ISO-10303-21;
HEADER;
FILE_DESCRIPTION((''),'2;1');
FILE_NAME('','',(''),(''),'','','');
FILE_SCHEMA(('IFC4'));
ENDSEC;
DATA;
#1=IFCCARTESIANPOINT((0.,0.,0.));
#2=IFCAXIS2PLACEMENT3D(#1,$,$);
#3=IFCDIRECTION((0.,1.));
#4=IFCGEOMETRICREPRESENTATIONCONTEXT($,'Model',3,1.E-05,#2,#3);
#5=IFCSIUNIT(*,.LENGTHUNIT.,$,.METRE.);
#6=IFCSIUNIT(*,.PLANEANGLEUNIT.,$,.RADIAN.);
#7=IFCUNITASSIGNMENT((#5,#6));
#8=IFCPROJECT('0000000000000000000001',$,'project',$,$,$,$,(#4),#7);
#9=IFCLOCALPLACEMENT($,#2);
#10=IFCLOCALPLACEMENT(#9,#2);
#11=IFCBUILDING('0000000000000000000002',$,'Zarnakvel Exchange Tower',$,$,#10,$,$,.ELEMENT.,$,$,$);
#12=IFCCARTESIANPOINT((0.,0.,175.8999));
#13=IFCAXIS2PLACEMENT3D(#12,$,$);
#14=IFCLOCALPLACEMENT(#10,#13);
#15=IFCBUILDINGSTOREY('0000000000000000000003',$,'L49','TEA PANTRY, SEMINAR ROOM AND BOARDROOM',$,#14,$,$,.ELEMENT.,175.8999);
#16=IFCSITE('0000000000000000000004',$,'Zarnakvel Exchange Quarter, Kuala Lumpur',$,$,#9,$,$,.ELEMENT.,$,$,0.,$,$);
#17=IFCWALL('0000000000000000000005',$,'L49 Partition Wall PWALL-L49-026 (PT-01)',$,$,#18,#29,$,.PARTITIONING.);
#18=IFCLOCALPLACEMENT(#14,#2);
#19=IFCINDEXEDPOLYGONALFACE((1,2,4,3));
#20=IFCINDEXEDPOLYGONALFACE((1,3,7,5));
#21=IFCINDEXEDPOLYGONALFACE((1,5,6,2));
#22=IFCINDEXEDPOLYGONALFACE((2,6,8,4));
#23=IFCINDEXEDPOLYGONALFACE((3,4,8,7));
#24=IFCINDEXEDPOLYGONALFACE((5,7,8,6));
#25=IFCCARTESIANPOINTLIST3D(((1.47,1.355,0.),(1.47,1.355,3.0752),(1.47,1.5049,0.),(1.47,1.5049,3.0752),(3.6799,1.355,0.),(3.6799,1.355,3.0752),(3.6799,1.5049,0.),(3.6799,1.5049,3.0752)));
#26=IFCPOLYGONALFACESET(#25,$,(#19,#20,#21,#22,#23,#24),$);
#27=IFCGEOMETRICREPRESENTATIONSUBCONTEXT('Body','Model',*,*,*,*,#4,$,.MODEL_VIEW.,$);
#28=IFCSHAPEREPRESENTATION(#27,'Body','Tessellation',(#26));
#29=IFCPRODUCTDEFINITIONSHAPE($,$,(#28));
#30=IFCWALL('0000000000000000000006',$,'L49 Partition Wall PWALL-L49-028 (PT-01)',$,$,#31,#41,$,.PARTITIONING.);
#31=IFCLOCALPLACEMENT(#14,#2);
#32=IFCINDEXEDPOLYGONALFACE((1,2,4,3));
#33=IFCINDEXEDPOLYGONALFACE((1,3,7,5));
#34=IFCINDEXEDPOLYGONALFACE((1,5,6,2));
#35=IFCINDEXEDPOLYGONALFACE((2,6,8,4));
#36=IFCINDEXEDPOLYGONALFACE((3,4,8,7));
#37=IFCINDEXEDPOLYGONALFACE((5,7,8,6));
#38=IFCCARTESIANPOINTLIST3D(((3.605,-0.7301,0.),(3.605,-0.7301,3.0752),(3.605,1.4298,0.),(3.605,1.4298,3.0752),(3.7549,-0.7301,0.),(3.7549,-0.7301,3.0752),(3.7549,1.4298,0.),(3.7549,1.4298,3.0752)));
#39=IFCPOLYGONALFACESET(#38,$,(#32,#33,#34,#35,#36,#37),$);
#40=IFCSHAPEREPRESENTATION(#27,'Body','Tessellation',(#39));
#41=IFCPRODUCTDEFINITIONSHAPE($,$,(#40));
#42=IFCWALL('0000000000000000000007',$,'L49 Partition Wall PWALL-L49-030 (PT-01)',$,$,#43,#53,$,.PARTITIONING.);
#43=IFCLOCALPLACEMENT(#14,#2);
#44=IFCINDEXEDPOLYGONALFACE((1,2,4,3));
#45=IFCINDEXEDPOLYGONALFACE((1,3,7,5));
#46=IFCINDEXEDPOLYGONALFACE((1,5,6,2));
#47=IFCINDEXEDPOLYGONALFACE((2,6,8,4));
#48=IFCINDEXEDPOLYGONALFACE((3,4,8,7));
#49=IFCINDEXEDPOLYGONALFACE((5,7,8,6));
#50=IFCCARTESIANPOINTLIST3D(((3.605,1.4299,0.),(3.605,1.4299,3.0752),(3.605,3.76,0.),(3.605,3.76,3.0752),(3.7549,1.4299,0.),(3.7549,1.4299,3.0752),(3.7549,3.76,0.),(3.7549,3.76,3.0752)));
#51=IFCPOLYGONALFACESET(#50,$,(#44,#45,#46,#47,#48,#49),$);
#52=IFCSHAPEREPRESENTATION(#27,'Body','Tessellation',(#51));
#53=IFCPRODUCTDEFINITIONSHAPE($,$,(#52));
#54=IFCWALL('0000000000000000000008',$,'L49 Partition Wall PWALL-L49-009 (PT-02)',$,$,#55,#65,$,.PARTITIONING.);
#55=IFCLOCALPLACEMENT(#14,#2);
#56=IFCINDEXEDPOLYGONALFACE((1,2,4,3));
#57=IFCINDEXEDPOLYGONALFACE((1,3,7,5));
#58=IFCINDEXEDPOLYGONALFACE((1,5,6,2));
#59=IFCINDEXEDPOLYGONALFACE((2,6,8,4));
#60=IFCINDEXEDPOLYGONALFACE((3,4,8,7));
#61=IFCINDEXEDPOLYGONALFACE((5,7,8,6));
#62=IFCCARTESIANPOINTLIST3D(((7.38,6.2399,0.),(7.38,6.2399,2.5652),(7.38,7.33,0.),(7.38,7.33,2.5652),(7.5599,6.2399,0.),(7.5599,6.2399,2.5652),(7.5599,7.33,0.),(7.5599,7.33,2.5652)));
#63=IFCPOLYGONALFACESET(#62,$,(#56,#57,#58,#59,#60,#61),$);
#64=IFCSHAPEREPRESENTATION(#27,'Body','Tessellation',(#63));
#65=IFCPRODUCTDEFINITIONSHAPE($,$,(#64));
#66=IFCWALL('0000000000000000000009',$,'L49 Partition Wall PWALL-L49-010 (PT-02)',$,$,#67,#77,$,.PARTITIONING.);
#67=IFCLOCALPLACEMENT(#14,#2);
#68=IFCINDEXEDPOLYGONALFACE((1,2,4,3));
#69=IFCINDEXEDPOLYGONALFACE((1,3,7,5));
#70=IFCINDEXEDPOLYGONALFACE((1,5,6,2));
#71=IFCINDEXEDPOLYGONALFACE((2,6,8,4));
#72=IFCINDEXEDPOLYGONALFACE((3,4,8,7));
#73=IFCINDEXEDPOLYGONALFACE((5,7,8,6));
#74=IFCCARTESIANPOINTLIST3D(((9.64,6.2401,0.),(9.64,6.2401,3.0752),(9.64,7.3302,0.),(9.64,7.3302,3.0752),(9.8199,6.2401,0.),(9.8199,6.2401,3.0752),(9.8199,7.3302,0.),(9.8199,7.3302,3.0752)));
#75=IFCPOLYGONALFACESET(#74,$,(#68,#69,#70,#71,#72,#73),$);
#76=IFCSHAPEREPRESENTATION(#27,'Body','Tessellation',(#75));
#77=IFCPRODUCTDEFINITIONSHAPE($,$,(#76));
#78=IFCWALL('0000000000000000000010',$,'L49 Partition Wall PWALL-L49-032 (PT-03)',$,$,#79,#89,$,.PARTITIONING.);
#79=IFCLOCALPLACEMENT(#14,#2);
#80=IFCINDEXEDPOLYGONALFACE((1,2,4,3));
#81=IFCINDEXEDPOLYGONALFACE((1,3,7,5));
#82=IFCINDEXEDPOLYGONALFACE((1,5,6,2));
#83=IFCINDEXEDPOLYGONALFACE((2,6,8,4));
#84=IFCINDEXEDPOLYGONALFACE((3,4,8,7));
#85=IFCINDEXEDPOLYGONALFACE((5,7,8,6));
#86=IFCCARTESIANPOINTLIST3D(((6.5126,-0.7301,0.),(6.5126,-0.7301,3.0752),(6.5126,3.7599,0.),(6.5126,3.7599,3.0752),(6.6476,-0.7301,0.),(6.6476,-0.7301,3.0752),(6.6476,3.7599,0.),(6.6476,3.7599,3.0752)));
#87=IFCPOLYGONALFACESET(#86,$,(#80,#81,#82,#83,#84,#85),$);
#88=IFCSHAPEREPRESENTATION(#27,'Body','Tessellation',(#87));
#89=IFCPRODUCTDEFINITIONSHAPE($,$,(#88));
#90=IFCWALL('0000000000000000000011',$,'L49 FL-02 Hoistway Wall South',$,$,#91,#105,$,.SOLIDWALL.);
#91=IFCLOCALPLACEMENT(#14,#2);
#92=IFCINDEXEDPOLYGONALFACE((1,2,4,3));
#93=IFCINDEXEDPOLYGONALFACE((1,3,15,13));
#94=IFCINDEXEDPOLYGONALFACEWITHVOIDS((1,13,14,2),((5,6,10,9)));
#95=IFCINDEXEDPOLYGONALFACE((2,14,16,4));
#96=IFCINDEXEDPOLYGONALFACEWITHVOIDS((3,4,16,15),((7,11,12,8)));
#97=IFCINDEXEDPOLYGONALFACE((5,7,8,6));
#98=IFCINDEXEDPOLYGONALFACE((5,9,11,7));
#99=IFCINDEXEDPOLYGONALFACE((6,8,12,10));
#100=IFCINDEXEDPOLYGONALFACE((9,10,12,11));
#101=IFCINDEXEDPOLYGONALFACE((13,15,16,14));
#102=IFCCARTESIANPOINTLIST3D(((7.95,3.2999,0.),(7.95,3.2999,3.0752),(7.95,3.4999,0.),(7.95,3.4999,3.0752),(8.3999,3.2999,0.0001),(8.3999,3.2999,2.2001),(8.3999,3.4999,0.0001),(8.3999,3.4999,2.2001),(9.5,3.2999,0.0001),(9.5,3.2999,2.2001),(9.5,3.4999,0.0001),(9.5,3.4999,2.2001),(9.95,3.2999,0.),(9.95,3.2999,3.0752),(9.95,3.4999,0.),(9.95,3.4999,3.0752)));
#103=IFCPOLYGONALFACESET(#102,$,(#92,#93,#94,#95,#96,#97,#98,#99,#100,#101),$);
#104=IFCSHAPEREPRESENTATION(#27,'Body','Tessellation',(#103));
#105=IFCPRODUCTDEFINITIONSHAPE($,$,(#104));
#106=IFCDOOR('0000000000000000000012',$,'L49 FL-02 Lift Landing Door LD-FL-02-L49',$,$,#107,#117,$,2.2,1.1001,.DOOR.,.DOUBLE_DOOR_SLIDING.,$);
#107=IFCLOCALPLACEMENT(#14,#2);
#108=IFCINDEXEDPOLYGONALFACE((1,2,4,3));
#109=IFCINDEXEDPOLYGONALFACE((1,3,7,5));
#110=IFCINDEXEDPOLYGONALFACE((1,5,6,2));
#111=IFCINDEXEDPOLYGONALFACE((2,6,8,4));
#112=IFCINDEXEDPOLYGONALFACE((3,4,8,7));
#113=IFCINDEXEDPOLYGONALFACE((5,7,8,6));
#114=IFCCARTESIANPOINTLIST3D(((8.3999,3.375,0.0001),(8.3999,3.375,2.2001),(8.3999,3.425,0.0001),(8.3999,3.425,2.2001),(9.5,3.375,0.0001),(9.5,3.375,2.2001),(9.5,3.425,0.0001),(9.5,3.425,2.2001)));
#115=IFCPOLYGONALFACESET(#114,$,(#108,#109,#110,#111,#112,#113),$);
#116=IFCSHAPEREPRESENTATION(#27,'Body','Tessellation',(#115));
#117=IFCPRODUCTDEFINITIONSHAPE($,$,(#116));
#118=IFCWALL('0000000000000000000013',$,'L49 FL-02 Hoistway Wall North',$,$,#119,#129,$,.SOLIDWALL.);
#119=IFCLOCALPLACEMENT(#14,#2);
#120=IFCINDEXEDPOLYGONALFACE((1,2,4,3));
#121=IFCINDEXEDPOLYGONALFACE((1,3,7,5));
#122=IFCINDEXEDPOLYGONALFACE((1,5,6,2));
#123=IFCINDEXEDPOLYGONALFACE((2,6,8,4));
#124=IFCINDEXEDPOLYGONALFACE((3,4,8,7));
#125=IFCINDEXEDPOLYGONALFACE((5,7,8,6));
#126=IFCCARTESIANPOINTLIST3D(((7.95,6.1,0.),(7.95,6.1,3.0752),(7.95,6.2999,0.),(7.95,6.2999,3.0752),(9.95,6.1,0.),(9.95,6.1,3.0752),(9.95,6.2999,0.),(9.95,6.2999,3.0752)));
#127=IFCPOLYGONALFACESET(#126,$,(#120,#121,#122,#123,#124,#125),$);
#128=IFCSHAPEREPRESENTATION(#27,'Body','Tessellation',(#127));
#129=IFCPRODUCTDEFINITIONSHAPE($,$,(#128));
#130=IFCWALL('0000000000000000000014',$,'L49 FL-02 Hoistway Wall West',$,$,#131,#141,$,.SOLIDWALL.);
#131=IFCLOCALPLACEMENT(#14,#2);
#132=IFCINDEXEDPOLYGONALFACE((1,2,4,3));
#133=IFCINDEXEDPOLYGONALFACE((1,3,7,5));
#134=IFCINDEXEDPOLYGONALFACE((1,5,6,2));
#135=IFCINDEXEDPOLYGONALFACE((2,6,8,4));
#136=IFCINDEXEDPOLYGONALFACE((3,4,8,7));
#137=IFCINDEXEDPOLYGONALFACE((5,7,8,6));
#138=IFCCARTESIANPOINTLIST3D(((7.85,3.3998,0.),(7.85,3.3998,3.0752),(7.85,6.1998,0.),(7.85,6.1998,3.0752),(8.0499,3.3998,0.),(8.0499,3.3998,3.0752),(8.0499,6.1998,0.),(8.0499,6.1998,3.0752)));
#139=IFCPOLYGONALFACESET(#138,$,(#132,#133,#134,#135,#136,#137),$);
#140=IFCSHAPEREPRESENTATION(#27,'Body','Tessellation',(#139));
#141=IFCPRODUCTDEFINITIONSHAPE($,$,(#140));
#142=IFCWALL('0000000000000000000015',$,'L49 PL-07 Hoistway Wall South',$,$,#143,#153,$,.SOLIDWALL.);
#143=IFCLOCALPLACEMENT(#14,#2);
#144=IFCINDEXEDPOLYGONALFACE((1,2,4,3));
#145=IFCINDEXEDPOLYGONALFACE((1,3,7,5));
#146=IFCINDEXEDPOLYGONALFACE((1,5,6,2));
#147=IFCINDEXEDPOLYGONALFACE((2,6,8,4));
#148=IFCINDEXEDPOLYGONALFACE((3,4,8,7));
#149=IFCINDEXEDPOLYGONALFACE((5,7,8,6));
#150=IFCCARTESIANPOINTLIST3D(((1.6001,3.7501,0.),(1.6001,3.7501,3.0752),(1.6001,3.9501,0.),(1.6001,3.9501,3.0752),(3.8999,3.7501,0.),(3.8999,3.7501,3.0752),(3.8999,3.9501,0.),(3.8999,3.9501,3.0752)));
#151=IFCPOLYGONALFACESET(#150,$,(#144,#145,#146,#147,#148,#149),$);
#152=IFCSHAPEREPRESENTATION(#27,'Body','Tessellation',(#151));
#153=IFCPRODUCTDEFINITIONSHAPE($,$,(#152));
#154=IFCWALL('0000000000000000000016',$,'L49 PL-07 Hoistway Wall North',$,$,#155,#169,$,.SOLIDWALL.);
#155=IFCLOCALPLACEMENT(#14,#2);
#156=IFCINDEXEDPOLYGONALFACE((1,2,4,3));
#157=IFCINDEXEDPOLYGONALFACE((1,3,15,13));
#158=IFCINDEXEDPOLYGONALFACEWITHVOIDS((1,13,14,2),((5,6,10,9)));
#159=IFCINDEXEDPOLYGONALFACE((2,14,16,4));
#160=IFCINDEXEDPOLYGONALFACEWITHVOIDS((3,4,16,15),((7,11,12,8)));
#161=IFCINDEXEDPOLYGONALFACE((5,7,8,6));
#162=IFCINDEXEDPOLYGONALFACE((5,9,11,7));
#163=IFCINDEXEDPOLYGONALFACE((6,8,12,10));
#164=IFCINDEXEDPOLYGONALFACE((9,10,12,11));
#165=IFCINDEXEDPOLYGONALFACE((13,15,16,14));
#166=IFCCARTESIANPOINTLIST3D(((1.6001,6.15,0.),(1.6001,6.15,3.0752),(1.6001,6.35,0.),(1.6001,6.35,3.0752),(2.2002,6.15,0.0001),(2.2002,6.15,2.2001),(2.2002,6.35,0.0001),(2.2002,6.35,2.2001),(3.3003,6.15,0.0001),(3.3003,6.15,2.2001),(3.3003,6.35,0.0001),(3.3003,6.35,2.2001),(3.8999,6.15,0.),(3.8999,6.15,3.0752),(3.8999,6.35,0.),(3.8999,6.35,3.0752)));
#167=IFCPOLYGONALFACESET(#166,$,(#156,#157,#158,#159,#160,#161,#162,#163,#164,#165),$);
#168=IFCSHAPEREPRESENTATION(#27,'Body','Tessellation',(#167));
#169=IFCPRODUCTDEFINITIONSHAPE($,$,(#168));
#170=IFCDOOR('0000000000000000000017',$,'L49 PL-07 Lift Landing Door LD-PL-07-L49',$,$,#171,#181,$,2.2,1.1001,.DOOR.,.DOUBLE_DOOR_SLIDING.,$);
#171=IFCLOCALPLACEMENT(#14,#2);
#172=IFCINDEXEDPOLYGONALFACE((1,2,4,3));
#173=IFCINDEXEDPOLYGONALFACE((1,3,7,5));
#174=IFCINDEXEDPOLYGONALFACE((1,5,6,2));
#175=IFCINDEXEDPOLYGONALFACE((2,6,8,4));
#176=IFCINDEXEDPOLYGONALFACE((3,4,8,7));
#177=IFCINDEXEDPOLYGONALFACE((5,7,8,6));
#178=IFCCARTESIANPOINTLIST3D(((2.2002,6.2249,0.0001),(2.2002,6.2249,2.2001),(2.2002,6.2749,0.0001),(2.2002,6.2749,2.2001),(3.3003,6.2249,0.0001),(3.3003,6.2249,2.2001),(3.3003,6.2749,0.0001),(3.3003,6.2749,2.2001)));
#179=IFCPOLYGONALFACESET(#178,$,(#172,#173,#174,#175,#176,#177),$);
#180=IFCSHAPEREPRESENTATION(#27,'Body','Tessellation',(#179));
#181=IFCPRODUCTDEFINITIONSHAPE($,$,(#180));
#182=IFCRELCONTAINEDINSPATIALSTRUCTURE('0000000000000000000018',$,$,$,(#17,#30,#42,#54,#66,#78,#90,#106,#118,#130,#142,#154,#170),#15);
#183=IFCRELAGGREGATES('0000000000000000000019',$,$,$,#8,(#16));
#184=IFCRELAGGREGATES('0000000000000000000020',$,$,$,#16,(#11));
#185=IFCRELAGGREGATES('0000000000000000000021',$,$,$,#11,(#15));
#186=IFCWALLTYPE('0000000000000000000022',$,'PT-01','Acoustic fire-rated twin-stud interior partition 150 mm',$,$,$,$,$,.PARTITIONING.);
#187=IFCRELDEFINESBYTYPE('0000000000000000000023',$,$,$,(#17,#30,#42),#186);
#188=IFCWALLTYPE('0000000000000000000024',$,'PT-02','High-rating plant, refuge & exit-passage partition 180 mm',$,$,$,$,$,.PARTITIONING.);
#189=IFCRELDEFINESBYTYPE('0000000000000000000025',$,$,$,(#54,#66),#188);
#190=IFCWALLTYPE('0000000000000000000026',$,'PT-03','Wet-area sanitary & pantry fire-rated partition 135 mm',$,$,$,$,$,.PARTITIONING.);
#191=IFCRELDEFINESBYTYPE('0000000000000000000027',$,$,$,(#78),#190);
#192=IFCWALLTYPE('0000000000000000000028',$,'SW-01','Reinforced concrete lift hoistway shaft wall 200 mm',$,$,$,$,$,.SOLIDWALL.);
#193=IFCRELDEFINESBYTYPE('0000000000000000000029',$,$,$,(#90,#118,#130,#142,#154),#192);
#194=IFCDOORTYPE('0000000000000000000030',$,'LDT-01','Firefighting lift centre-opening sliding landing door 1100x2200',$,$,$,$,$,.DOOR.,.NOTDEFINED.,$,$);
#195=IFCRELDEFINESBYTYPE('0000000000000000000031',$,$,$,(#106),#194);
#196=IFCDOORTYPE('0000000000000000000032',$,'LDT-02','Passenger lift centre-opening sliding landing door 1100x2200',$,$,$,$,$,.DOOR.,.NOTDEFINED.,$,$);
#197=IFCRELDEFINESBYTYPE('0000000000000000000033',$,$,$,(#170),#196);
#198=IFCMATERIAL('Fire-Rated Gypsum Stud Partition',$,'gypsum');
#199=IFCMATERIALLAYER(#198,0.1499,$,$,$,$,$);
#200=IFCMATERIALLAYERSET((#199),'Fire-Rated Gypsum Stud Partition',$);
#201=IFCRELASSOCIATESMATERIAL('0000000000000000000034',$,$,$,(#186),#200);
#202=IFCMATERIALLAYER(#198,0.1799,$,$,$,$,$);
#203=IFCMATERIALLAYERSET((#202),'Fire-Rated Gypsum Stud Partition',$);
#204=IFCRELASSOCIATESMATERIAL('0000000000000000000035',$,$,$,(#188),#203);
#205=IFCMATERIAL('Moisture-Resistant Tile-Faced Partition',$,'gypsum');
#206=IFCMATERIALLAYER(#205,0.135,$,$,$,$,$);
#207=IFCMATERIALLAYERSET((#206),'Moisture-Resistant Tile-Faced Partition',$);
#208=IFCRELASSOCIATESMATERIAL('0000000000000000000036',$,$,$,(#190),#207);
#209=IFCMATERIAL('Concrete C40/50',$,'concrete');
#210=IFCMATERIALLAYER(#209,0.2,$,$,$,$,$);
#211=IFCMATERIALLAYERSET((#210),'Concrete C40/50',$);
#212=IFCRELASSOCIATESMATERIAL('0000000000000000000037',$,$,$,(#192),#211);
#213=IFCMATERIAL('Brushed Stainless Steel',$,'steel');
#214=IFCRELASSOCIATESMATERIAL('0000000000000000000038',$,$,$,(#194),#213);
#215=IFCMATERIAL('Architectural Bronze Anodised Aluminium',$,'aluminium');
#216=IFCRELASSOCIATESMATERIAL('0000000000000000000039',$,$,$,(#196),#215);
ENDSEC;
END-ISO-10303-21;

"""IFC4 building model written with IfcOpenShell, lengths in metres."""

from ifc_helpers import new_model, si_unit, direction, frame, frame_2d, origin, place, context, subcontext, project, spatial, rectangle, extrude, source, transform, mapped, material, layer, layer_set, type_object, element, fill, save


model = new_model("IFC4")

# Units and contexts
model_context = context("Model", 3, precision=1e-05, world=origin(), true_north=direction((0.0, 1.0)))
body_context = subcontext(model_context, "Body", "Model", "MODEL_VIEW")
ifc_project = project(units=[si_unit("LENGTHUNIT", "METRE"), si_unit("PLANEANGLEUNIT", "RADIAN")], contexts=[model_context])

# Site, building, storey
site_placement = place(None, origin())
site = spatial("IfcSite", under=ifc_project, at=site_placement, Name="Zarnakvel Exchange Quarter, Kuala Lumpur", CompositionType="ELEMENT", RefElevation=0.0)
building_placement = place(site_placement, origin())
building = spatial("IfcBuilding", under=site, at=building_placement, Name="Zarnakvel Exchange Tower", CompositionType="ELEMENT")
storey_placement = place(building_placement, frame((0.0, 0.0, 175.8999)))
storey = spatial("IfcBuildingStorey", under=building, at=storey_placement, Name="L49", Description="TEA PANTRY, SEMINAR ROOM AND BOARDROOM", CompositionType="ELEMENT", Elevation=175.8999)

# Walls
ifc_material_1 = material(Name="Fire-Rated Gypsum Stud Partition", Category="gypsum")
ifc_layer_1 = layer(ifc_material_1, 0.1499)
ifc_layer_set_1 = layer_set([ifc_layer_1], Name="Fire-Rated Gypsum Stud Partition")
wall_type_1 = type_object("IfcWallType", Name="PT-01", Description="Acoustic fire-rated twin-stud interior partition 150 mm", PredefinedType="PARTITIONING", material=ifc_layer_set_1)
wall_1_placement = place(storey_placement, frame((1.47, 1.4299, 0.0), z_axis=(0.0, 0.0, 1.0), x_axis=(1.0, 0.0, 0.0)))
element("IfcWall", 1, at=wall_1_placement, inside=storey, type_object=wall_type_1, Name="L49 Partition Wall PWALL-L49-026 (PT-01)", PredefinedType="PARTITIONING", context=body_context, shape_type="SweptSolid", body=[
    extrude(rectangle(XDim=2.21, YDim=0.1499, at=frame_2d((1.105, 0.0))), origin(), (0.0, 0.0, 1.0), 3.0752),
])
wall_2_placement = place(storey_placement, frame((3.6799, 1.4299, 0.0), z_axis=(0.0, 0.0, 1.0), x_axis=(0.0, -1.0, 0.0)))
element("IfcWall", 2, at=wall_2_placement, inside=storey, type_object=wall_type_1, Name="L49 Partition Wall PWALL-L49-028 (PT-01)", PredefinedType="PARTITIONING", context=body_context, shape_type="SweptSolid", body=[
    extrude(rectangle(XDim=2.1599, YDim=0.1499, at=frame_2d((1.0801, 0.0))), origin(), (0.0, 0.0, 1.0), 3.0752),
])

# Walls
wall_3_placement = place(storey_placement, frame((3.6799, 3.76, 0.0), z_axis=(0.0, 0.0, 1.0), x_axis=(0.0, -1.0, 0.0)))
element("IfcWall", 3, at=wall_3_placement, inside=storey, type_object=wall_type_1, Name="L49 Partition Wall PWALL-L49-030 (PT-01)", PredefinedType="PARTITIONING", context=body_context, shape_type="SweptSolid", body=[
    extrude(rectangle(XDim=2.3301, YDim=0.1499, at=frame_2d((1.165, 0.0))), origin(), (0.0, 0.0, 1.0), 3.0752),
])
ifc_layer_2 = layer(ifc_material_1, 0.1799)
ifc_layer_set_2 = layer_set([ifc_layer_2], Name="Fire-Rated Gypsum Stud Partition")
wall_type_2 = type_object("IfcWallType", Name="PT-02", Description="High-rating plant, refuge & exit-passage partition 180 mm", PredefinedType="PARTITIONING", material=ifc_layer_set_2)
wall_4_placement = place(storey_placement, frame((7.47, 6.24, 0.0), z_axis=(0.0, 0.0, 1.0), x_axis=(0.0, 1.0, 0.0)))
element("IfcWall", 4, at=wall_4_placement, inside=storey, type_object=wall_type_2, Name="L49 Partition Wall PWALL-L49-009 (PT-02)", PredefinedType="PARTITIONING", context=body_context, shape_type="SweptSolid", body=[
    extrude(rectangle(XDim=1.0901, YDim=0.1799, at=frame_2d((0.5449, 0.0))), origin(), (0.0, 0.0, 1.0), 2.5652),
])
wall_5_placement = place(storey_placement, frame((9.73, 7.3301, 0.0), z_axis=(0.0, 0.0, 1.0), x_axis=(0.0, -1.0, 0.0)))
element("IfcWall", 5, at=wall_5_placement, inside=storey, type_object=wall_type_2, Name="L49 Partition Wall PWALL-L49-010 (PT-02)", PredefinedType="PARTITIONING", context=body_context, shape_type="SweptSolid", body=[
    extrude(rectangle(XDim=1.0901, YDim=0.1799, at=frame_2d((0.5449, 0.0))), origin(), (0.0, 0.0, 1.0), 3.0752),
])
ifc_material_2 = material(Name="Moisture-Resistant Tile-Faced Partition", Category="gypsum")
ifc_layer_3 = layer(ifc_material_2, 0.135)
ifc_layer_set_3 = layer_set([ifc_layer_3], Name="Moisture-Resistant Tile-Faced Partition")
wall_type_3 = type_object("IfcWallType", Name="PT-03", Description="Wet-area sanitary & pantry fire-rated partition 135 mm", PredefinedType="PARTITIONING", material=ifc_layer_set_3)
wall_6_placement = place(storey_placement, frame((6.5801, 3.76, 0.0), z_axis=(0.0, 0.0, 1.0), x_axis=(0.0, -1.0, 0.0)))
element("IfcWall", 6, at=wall_6_placement, inside=storey, type_object=wall_type_3, Name="L49 Partition Wall PWALL-L49-032 (PT-03)", PredefinedType="PARTITIONING", context=body_context, shape_type="SweptSolid", body=[
    extrude(rectangle(XDim=4.49, YDim=0.135, at=frame_2d((2.2451, 0.0))), origin(), (0.0, 0.0, 1.0), 3.0752),
])

# Wall, opening, door
ifc_material_3 = material(Name="Concrete C40/50", Category="concrete")
ifc_layer_4 = layer(ifc_material_3, 0.2)
ifc_layer_set_4 = layer_set([ifc_layer_4], Name="Concrete C40/50")
wall_type_4 = type_object("IfcWallType", Name="SW-01", Description="Reinforced concrete lift hoistway shaft wall 200 mm", PredefinedType="SOLIDWALL", material=ifc_layer_set_4)
wall_7_placement = place(storey_placement, frame((9.95, 3.3999, 0.0), z_axis=(0.0, 0.0, 1.0), x_axis=(-1.0, 0.0, 0.0)))
wall_7 = element("IfcWall", 7, at=wall_7_placement, inside=storey, type_object=wall_type_4, Name="L49 FL-02 Hoistway Wall South", PredefinedType="SOLIDWALL", context=body_context, shape_type="SweptSolid", body=[
    extrude(rectangle(XDim=2.0, YDim=0.2, at=frame_2d((1.0, 0.0))), origin(), (0.0, 0.0, 1.0), 3.0752),
])
opening_1_placement = place(wall_7_placement, frame((0.45, 0.0, 0.0)))
opening_1 = element("IfcOpeningElement", 8, at=opening_1_placement, cuts=wall_7, PredefinedType="OPENING", context=body_context, shape_type="SweptSolid", body=[
    extrude(rectangle(XDim=1.1001, YDim=2.2, at=frame_2d((0.55, 1.1001))), frame((0.0, 0.1099, 0.0), z_axis=(0.0, -1.0, 0.0), x_axis=(1.0, 0.0, 0.0)), (0.0, 0.0, 1.0), 0.22),
])
ifc_material_4 = material(Name="Brushed Stainless Steel", Category="steel")
door_type_1 = type_object("IfcDoorType", Name="LDT-01", Description="Firefighting lift centre-opening sliding landing door 1100x2200", OperationType="NOTDEFINED", PredefinedType="DOOR", material=ifc_material_4)
shared_shape_1 = source(origin(), body_context, "Body", "SweptSolid", [
    extrude(rectangle(XDim=1.1001, YDim=2.2, at=frame_2d((0.55, 1.1001))), frame((0.0, 0.0249, 0.0), z_axis=(0.0, -1.0, 0.0), x_axis=(1.0, 0.0, 0.0)), (0.0, 0.0, 1.0), 0.05),
])
door_1_placement = place(opening_1_placement, origin())
door_1 = element("IfcDoor", 9, at=door_1_placement, inside=storey, type_object=door_type_1, Name="L49 FL-02 Lift Landing Door LD-FL-02-L49", OperationType="DOUBLE_DOOR_SLIDING", OverallHeight=2.2, OverallWidth=1.1001, PredefinedType="DOOR", context=body_context, shape_type="MappedRepresentation", body=[
    mapped(shared_shape_1, transform((0.0, 0.0, 0.0), x_axis=(1.0, 0.0, 0.0), y_axis=(0.0, 1.0, 0.0), z_axis=(0.0, 0.0, 1.0), scale=1.0)),
])
fill(opening_1, door_1)

# Walls
wall_8_placement = place(storey_placement, frame((7.95, 6.2, 0.0), z_axis=(0.0, 0.0, 1.0), x_axis=(1.0, 0.0, 0.0)))
element("IfcWall", 10, at=wall_8_placement, inside=storey, type_object=wall_type_4, Name="L49 FL-02 Hoistway Wall North", PredefinedType="SOLIDWALL", context=body_context, shape_type="SweptSolid", body=[
    extrude(rectangle(XDim=2.0, YDim=0.2, at=frame_2d((1.0, 0.0))), origin(), (0.0, 0.0, 1.0), 3.0752),
])
wall_9_placement = place(storey_placement, frame((7.95, 3.3999, 0.0), z_axis=(0.0, 0.0, 1.0), x_axis=(0.0, 1.0, 0.0)))
element("IfcWall", 11, at=wall_9_placement, inside=storey, type_object=wall_type_4, Name="L49 FL-02 Hoistway Wall West", PredefinedType="SOLIDWALL", context=body_context, shape_type="SweptSolid", body=[
    extrude(rectangle(XDim=2.8, YDim=0.2, at=frame_2d((1.3999, 0.0))), origin(), (0.0, 0.0, 1.0), 3.0752),
])
wall_10_placement = place(storey_placement, frame((3.8999, 3.8501, 0.0), z_axis=(0.0, 0.0, 1.0), x_axis=(-1.0, 0.0, 0.0)))
element("IfcWall", 12, at=wall_10_placement, inside=storey, type_object=wall_type_4, Name="L49 PL-07 Hoistway Wall South", PredefinedType="SOLIDWALL", context=body_context, shape_type="SweptSolid", body=[
    extrude(rectangle(XDim=2.2998, YDim=0.2, at=frame_2d((1.1499, 0.0))), origin(), (0.0, 0.0, 1.0), 3.0752),
])

# Wall, opening, door
wall_11_placement = place(storey_placement, frame((1.6001, 6.25, 0.0), z_axis=(0.0, 0.0, 1.0), x_axis=(1.0, 0.0, 0.0)))
wall_11 = element("IfcWall", 13, at=wall_11_placement, inside=storey, type_object=wall_type_4, Name="L49 PL-07 Hoistway Wall North", PredefinedType="SOLIDWALL", context=body_context, shape_type="SweptSolid", body=[
    extrude(rectangle(XDim=2.2998, YDim=0.2, at=frame_2d((1.1499, 0.0))), origin(), (0.0, 0.0, 1.0), 3.0752),
])
opening_2_placement = place(wall_11_placement, frame((0.6001, 0.0, 0.0)))
opening_2 = element("IfcOpeningElement", 14, at=opening_2_placement, cuts=wall_11, PredefinedType="OPENING", context=body_context, shape_type="SweptSolid", body=[
    extrude(rectangle(XDim=1.1001, YDim=2.2, at=frame_2d((0.55, 1.1001))), frame((0.0, 0.1099, 0.0), z_axis=(0.0, -1.0, 0.0), x_axis=(1.0, 0.0, 0.0)), (0.0, 0.0, 1.0), 0.22),
])
ifc_material_5 = material(Name="Architectural Bronze Anodised Aluminium", Category="aluminium")
door_type_2 = type_object("IfcDoorType", Name="LDT-02", Description="Passenger lift centre-opening sliding landing door 1100x2200", OperationType="NOTDEFINED", PredefinedType="DOOR", material=ifc_material_5)
door_2_placement = place(opening_2_placement, origin())
door_2 = element("IfcDoor", 15, at=door_2_placement, inside=storey, type_object=door_type_2, Name="L49 PL-07 Lift Landing Door LD-PL-07-L49", OperationType="DOUBLE_DOOR_SLIDING", OverallHeight=2.2, OverallWidth=1.1001, PredefinedType="DOOR", context=body_context, shape_type="MappedRepresentation", body=[
    mapped(shared_shape_1, transform((0.0, 0.0, 0.0), x_axis=(1.0, 0.0, 0.0), y_axis=(0.0, 1.0, 0.0), z_axis=(0.0, 0.0, 1.0), scale=1.0)),
])
fill(opening_2, door_2)

save(model, "model.ifc")
